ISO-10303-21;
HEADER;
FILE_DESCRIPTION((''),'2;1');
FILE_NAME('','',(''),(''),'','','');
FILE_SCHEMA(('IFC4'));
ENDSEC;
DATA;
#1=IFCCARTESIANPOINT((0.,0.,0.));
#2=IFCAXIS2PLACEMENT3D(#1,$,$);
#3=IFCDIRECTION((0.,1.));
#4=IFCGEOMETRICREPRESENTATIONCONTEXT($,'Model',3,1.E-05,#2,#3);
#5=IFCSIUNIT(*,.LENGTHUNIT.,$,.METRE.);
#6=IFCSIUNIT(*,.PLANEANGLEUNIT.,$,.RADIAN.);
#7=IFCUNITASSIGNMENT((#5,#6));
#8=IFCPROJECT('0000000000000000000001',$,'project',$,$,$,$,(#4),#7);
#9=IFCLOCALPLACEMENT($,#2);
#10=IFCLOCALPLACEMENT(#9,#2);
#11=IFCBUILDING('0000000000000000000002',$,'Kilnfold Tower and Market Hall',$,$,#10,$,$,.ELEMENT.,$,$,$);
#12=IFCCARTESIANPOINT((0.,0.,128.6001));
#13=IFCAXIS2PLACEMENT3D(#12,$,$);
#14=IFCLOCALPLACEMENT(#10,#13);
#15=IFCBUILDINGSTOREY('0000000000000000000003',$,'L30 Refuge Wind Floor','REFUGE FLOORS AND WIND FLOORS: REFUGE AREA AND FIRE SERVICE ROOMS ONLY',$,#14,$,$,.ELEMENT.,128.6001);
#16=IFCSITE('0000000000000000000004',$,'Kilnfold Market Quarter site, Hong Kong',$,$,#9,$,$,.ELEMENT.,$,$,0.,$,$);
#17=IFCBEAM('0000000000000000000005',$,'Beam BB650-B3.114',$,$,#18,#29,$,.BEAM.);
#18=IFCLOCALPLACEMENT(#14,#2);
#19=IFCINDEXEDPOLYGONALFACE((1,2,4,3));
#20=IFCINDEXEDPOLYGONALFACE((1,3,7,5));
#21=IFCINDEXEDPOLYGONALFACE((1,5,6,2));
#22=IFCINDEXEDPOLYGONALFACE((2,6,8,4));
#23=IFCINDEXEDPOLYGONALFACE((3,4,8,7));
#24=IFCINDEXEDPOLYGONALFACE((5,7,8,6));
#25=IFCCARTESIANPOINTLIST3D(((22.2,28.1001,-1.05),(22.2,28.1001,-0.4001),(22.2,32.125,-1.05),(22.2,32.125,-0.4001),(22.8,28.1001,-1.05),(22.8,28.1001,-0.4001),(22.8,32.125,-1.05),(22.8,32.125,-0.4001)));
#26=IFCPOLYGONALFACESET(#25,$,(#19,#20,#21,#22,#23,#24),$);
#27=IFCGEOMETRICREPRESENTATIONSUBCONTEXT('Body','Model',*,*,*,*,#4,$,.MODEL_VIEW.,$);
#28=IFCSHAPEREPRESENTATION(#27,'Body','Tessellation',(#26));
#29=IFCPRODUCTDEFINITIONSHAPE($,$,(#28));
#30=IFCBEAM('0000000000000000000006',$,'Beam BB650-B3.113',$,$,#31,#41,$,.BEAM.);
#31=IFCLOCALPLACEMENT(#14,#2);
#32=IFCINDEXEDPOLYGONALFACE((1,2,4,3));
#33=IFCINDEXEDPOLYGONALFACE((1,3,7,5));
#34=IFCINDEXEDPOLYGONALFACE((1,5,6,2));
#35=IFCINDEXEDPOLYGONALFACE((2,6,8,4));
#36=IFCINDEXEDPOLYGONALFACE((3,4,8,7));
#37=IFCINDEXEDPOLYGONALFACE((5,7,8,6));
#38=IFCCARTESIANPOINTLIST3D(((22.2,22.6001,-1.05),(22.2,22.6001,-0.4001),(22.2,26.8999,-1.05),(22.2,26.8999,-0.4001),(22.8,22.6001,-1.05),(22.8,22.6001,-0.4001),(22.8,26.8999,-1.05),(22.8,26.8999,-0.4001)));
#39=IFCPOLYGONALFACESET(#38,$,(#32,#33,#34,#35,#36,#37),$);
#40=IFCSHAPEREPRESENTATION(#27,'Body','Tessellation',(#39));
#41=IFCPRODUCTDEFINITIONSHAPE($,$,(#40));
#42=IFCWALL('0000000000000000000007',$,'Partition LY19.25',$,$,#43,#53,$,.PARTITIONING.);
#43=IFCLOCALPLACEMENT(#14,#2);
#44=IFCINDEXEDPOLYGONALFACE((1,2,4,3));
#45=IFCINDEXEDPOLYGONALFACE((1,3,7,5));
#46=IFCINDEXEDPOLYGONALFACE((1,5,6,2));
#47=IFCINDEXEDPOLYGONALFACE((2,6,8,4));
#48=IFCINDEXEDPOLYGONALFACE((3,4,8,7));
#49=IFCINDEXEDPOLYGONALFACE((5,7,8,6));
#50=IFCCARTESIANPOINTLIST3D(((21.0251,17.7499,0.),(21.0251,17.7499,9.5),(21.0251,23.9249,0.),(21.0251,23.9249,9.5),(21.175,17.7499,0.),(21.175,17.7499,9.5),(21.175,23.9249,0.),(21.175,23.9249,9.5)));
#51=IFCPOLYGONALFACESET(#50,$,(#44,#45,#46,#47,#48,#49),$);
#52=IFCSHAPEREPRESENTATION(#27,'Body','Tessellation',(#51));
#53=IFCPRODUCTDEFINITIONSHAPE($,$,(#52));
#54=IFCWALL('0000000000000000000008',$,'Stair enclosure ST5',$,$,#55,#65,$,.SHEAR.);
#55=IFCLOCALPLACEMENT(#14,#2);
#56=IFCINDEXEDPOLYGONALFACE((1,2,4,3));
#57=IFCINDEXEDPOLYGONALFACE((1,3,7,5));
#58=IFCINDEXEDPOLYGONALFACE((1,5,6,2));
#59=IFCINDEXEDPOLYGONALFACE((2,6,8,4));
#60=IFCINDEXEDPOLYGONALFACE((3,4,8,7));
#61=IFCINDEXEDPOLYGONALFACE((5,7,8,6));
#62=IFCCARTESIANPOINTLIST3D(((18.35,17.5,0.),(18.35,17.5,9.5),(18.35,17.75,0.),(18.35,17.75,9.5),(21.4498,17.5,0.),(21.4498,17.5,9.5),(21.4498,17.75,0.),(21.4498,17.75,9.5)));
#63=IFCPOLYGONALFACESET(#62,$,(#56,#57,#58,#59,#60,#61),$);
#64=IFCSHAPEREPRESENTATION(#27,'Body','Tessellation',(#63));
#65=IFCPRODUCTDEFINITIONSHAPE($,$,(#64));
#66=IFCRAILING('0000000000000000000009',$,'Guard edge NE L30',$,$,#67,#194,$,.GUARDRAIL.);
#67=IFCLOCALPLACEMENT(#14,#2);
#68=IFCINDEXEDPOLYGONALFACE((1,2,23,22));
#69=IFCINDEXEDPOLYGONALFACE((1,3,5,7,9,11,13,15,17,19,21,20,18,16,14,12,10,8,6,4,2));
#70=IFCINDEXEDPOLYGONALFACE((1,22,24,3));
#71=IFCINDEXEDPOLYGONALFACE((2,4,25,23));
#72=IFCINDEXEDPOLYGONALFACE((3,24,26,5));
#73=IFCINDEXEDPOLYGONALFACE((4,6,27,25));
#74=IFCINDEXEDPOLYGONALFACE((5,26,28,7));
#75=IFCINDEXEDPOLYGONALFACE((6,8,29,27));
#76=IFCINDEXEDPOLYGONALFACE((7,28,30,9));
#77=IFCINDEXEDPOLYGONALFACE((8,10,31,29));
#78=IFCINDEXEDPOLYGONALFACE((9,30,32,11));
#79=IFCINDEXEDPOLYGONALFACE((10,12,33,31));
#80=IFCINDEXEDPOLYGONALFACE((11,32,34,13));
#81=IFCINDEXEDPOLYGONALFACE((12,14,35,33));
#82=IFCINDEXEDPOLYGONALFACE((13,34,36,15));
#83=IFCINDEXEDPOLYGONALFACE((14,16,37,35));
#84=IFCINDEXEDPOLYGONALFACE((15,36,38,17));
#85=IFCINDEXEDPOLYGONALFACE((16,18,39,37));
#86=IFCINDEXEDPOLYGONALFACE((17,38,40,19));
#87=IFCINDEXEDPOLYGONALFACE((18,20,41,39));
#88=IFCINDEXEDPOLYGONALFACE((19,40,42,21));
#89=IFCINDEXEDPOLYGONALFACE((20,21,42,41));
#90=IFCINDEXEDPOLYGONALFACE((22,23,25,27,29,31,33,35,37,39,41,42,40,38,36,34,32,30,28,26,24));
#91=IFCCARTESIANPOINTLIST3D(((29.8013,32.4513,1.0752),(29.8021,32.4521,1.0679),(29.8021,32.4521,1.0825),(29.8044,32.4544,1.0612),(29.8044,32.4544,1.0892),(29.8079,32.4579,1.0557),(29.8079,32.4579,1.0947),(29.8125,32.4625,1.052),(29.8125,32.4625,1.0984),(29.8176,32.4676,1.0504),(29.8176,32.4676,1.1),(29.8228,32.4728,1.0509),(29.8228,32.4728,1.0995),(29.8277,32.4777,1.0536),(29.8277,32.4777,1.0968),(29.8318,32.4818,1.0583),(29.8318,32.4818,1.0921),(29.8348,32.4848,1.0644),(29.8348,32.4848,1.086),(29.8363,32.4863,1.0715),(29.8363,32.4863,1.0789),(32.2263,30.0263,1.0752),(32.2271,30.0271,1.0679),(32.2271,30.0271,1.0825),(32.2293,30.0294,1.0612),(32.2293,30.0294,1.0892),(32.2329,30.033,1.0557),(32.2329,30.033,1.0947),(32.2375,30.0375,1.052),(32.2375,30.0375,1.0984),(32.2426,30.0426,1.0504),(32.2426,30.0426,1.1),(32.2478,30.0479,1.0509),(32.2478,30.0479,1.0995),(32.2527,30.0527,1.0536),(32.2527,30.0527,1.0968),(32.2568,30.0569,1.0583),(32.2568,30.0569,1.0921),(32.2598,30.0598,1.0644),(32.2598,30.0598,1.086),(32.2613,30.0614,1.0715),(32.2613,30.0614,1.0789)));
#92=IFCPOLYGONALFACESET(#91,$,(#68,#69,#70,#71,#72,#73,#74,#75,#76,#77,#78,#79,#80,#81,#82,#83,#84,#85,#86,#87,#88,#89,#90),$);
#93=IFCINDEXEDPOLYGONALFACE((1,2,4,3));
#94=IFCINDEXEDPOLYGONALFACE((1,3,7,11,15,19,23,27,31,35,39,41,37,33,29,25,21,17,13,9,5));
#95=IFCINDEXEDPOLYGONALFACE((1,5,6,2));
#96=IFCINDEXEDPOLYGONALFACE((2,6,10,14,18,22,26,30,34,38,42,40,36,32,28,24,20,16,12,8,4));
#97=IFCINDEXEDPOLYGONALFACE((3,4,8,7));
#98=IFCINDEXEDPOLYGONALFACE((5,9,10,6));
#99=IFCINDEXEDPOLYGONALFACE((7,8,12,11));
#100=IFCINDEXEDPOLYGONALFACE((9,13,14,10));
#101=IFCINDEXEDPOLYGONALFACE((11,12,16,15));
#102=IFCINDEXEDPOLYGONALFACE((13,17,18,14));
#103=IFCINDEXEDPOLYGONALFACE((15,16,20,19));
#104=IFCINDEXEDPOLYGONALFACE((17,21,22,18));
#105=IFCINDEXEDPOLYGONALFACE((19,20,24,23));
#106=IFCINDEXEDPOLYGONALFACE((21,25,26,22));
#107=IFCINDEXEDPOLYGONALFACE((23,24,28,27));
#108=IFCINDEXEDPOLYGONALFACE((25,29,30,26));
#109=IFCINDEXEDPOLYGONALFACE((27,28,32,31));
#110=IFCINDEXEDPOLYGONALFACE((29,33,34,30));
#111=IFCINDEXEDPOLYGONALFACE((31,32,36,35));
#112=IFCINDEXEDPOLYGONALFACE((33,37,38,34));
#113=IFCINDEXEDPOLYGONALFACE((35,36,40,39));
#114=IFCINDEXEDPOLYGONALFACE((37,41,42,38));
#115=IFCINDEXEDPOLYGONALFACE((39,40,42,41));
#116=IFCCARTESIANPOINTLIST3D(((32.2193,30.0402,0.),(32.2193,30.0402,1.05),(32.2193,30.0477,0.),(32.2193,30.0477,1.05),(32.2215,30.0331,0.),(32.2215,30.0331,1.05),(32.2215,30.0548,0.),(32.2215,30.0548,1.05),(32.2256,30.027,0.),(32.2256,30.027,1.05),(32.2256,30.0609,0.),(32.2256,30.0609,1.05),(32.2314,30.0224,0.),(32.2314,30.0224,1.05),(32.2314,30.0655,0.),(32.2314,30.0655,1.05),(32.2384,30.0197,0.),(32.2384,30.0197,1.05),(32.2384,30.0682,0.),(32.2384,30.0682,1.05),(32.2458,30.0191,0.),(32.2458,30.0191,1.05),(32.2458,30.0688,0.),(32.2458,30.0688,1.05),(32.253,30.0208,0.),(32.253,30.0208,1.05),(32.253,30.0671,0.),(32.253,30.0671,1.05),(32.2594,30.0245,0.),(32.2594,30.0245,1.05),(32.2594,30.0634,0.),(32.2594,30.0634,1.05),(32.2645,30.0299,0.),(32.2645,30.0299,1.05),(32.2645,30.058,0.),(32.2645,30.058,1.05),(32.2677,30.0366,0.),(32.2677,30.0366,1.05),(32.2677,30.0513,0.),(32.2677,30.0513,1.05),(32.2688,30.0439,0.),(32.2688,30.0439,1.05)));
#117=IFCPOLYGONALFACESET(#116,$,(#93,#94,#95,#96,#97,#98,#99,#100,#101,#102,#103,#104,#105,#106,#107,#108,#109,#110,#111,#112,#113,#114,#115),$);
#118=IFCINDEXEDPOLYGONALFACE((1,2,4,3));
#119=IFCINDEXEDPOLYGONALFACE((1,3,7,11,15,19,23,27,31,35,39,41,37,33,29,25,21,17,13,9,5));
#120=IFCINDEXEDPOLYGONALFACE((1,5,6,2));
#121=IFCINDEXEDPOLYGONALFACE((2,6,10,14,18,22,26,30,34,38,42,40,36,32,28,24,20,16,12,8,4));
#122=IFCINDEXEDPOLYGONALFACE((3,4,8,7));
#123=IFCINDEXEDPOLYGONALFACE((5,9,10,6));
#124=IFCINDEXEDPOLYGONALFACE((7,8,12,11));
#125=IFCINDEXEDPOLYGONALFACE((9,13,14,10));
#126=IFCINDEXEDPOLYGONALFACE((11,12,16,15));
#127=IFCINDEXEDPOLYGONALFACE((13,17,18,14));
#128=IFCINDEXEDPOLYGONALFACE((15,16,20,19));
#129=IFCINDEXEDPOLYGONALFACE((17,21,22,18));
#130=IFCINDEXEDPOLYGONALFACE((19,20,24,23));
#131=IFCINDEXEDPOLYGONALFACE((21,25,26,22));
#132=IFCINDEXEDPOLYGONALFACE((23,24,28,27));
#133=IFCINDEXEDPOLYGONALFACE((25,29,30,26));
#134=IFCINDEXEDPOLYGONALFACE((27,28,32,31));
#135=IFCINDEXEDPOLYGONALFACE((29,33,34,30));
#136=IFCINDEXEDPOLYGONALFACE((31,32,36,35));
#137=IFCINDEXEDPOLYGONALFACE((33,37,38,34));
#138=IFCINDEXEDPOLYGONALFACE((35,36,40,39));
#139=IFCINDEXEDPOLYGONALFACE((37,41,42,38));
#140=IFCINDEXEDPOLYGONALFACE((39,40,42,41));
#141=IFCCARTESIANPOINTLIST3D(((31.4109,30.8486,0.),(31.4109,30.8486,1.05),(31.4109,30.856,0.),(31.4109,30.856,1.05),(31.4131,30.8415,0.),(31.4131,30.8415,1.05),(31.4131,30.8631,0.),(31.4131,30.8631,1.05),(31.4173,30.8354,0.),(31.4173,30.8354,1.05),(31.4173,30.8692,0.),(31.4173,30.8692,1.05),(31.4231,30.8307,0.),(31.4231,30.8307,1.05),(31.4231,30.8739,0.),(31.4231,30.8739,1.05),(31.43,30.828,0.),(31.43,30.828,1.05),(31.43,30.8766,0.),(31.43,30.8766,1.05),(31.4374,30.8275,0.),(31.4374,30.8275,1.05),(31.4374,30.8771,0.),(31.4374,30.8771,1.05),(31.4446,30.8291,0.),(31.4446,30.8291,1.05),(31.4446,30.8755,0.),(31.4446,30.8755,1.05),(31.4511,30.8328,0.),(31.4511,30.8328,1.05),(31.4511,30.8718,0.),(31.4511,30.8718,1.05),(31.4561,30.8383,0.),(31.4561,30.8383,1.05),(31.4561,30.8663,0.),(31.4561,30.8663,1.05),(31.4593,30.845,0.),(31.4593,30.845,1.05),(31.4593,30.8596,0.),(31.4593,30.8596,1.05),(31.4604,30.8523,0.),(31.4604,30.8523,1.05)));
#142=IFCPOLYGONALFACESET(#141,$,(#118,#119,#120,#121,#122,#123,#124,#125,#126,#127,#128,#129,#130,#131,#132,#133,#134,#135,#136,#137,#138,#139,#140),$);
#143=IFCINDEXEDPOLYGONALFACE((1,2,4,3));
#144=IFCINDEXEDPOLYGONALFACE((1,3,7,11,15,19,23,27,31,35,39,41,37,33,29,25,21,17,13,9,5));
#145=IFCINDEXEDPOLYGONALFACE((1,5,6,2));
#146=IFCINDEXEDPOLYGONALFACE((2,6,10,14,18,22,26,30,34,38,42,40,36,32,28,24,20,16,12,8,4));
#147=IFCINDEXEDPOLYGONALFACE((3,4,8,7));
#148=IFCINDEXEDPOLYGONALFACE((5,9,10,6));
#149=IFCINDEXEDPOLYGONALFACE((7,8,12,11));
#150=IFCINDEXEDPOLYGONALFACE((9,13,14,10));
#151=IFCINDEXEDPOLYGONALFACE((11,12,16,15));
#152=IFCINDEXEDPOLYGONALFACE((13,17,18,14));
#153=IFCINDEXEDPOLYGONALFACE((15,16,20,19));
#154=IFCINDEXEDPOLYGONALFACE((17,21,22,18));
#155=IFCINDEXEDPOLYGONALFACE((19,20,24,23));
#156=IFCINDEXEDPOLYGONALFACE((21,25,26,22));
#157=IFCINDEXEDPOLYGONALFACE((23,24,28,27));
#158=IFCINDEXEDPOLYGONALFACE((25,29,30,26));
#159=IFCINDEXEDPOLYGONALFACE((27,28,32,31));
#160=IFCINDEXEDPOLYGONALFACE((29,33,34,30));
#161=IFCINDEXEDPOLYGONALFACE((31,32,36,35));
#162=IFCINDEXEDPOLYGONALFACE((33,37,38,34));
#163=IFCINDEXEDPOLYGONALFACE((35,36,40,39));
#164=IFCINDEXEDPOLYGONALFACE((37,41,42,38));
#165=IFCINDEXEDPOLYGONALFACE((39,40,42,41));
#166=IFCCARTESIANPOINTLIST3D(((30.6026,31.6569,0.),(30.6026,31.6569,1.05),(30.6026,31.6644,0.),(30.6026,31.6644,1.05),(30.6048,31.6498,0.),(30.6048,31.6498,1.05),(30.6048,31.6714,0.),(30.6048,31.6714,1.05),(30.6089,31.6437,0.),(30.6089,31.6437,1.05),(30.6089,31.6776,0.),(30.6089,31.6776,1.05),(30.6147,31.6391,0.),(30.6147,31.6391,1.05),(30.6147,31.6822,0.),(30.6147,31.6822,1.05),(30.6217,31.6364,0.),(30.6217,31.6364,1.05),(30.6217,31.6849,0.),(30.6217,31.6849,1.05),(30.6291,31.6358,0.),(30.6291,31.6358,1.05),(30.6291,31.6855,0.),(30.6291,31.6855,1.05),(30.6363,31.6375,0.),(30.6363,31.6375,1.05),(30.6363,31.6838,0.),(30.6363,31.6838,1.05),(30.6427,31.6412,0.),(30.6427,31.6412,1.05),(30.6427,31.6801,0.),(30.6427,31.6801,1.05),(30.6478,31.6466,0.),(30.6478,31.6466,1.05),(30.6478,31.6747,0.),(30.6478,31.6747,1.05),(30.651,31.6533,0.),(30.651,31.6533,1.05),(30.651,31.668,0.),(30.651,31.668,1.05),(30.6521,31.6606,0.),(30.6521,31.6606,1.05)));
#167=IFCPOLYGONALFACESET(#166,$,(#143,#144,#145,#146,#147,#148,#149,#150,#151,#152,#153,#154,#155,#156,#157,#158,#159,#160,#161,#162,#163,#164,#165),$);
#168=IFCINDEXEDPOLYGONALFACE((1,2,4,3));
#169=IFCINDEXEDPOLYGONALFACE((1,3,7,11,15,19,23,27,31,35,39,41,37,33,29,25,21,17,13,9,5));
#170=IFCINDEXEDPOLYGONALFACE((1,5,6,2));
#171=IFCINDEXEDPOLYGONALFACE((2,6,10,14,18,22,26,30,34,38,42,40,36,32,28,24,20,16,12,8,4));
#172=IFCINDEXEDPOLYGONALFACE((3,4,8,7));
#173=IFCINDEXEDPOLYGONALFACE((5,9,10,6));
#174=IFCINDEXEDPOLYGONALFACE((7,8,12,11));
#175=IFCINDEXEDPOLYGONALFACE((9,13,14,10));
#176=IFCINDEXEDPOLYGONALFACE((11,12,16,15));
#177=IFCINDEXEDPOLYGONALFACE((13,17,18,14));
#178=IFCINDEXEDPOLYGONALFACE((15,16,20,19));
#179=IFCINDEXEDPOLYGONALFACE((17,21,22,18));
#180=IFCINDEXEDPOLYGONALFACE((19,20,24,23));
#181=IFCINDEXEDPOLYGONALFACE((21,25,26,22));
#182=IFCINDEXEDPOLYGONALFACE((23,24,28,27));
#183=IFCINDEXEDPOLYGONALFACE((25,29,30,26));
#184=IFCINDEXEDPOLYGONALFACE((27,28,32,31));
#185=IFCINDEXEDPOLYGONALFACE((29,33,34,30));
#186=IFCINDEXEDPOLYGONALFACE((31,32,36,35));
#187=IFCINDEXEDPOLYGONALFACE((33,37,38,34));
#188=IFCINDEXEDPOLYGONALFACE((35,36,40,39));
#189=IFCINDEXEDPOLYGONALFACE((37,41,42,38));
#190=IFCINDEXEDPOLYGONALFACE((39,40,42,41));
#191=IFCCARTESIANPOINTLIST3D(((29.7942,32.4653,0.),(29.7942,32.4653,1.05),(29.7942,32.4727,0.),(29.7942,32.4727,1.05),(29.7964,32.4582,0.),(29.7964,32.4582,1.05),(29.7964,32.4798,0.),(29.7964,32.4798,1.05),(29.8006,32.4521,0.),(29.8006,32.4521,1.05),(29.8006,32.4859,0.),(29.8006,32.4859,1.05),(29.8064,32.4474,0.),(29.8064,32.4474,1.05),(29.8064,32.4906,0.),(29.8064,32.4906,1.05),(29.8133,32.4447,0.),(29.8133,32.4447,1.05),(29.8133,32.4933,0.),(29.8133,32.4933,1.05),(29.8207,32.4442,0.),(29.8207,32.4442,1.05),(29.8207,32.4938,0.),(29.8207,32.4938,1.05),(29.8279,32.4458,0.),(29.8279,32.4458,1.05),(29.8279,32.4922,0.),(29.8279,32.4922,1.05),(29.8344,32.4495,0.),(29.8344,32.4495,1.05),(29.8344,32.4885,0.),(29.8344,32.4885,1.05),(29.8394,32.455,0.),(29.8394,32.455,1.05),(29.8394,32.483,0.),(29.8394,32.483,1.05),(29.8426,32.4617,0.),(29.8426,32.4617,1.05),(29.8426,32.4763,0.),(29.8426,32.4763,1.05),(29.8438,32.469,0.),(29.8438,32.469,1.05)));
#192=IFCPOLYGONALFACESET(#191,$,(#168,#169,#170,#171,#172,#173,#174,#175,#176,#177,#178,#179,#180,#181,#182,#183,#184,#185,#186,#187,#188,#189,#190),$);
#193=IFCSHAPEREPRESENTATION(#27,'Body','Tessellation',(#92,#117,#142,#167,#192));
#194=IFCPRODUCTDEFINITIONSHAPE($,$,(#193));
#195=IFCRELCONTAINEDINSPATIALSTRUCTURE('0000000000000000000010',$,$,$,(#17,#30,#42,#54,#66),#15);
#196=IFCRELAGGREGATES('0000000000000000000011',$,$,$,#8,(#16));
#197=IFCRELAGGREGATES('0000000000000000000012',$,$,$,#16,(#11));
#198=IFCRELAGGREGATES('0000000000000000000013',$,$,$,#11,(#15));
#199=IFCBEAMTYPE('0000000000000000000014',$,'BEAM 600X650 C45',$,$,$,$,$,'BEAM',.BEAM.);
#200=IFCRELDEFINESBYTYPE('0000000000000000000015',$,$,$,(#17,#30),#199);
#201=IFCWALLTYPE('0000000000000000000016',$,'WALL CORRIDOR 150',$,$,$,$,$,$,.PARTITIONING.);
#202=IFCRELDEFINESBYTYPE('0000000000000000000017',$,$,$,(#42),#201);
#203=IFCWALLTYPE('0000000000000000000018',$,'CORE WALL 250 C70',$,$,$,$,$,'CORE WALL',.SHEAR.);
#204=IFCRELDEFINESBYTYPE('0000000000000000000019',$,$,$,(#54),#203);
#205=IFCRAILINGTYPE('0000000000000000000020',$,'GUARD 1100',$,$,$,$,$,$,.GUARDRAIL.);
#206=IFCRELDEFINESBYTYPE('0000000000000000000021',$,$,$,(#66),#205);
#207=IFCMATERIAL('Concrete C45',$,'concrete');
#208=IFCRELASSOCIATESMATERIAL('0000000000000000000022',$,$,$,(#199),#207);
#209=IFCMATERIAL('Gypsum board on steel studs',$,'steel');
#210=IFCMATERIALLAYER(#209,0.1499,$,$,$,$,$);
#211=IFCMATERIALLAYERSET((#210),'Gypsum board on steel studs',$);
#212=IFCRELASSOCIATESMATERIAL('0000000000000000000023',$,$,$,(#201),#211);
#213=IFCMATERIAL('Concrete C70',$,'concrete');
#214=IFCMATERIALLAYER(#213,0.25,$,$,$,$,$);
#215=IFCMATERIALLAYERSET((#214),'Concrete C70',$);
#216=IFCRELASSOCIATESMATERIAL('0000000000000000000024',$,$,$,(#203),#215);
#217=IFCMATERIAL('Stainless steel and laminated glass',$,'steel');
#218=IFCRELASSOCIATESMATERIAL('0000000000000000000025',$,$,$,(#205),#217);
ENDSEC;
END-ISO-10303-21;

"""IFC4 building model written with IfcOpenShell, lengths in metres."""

from ifc_helpers import new_model, si_unit, direction, frame, frame_2d, origin, origin_2d, place, context, subcontext, project, spatial, rectangle, circle, extrude, source, transform, mapped, material, layer, layer_set, material_profile, profile_set, type_object, element, save


model = new_model("IFC4")

# Units and contexts
model_context = context("Model", 3, precision=1e-05, world=origin(), true_north=direction((0.0, 1.0)))
body_context = subcontext(model_context, "Body", "Model", "MODEL_VIEW")
ifc_project = project(units=[si_unit("LENGTHUNIT", "METRE"), si_unit("PLANEANGLEUNIT", "RADIAN")], contexts=[model_context])

# Site, building, storey
site_placement = place(None, origin())
site = spatial("IfcSite", under=ifc_project, at=site_placement, Name="Kilnfold Market Quarter site, Hong Kong", CompositionType="ELEMENT", RefElevation=0.0)
building_placement = place(site_placement, origin())
building = spatial("IfcBuilding", under=site, at=building_placement, Name="Kilnfold Tower and Market Hall", CompositionType="ELEMENT")
storey_placement = place(building_placement, frame((0.0, 0.0, 128.6001)))
storey = spatial("IfcBuildingStorey", under=building, at=storey_placement, Name="L30 Refuge Wind Floor", Description="REFUGE FLOORS AND WIND FLOORS: REFUGE AREA AND FIRE SERVICE ROOMS ONLY", CompositionType="ELEMENT", Elevation=128.6001)

# Beams
ifc_material_1 = material(Name="Concrete C45", Category="concrete")
ifc_material_profile_1 = material_profile(ifc_material_1, rectangle(XDim=0.6001, YDim=0.6499, at=origin_2d()), Name="RC 600x650")
ifc_profile_set_1 = profile_set([ifc_material_profile_1], Name="Concrete C45")
beam_type_1 = type_object("IfcBeamType", Name="BEAM 600X650 C45", ElementType="BEAM", PredefinedType="BEAM", material=ifc_profile_set_1)
shared_shape_1 = source(origin(), body_context, "Body", "SweptSolid", [
    extrude(rectangle(XDim=0.6001, YDim=0.6499, at=origin_2d()), origin(), (0.0, 0.0, 1.0), 4.0249),
])
for number, where, z_axis, x_axis, name in (
    (1, (22.5, 28.1001, -0.7251), (0.0, 1.0, 0.0), (-1.0, 0.0, 0.0), "Beam BB650-B3.114"),
):
    element("IfcBeam", number, at=place(storey_placement, frame(where, z_axis=z_axis, x_axis=x_axis)), inside=storey, type_object=beam_type_1, Name=name, PredefinedType="BEAM", context=body_context, shape_type="MappedRepresentation", body=[
        mapped(shared_shape_1, transform((0.0, 0.0, 0.0))),
    ])
shared_shape_2 = source(origin(), body_context, "Body", "SweptSolid", [
    extrude(rectangle(XDim=0.6001, YDim=0.6499, at=origin_2d()), origin(), (0.0, 0.0, 1.0), 4.2998),
])
beam_1_placement = place(storey_placement, frame((22.5, 22.6001, -0.7251), z_axis=(0.0, 1.0, 0.0), x_axis=(-1.0, 0.0, 0.0)))
element("IfcBeam", 2, at=beam_1_placement, inside=storey, type_object=beam_type_1, Name="Beam BB650-B3.113", PredefinedType="BEAM", context=body_context, shape_type="MappedRepresentation", body=[
    mapped(shared_shape_2, transform((0.0, 0.0, 0.0))),
])

# Walls
ifc_material_2 = material(Name="Gypsum board on steel studs", Category="steel")
ifc_layer_1 = layer(ifc_material_2, 0.1499)
ifc_layer_set_1 = layer_set([ifc_layer_1], Name="Gypsum board on steel studs")
wall_type_1 = type_object("IfcWallType", Name="WALL CORRIDOR 150", PredefinedType="PARTITIONING", material=ifc_layer_set_1)
wall_1_placement = place(storey_placement, frame((21.1001, 17.75, 0.0), z_axis=(0.0, 0.0, 1.0), x_axis=(0.0, 1.0, 0.0)))
element("IfcWall", 3, at=wall_1_placement, inside=storey, type_object=wall_type_1, Name="Partition LY19.25", PredefinedType="PARTITIONING", context=body_context, shape_type="SweptSolid", body=[
    extrude(rectangle(XDim=6.175, YDim=0.1499, at=frame_2d((3.0874, 0.0))), origin(), (0.0, 0.0, 1.0), 9.5),
])
ifc_material_3 = material(Name="Concrete C70", Category="concrete")
ifc_layer_2 = layer(ifc_material_3, 0.25)
ifc_layer_set_2 = layer_set([ifc_layer_2], Name="Concrete C70")
wall_type_2 = type_object("IfcWallType", Name="CORE WALL 250 C70", ElementType="CORE WALL", PredefinedType="SHEAR", material=ifc_layer_set_2)
shared_shape_3 = source(origin(), body_context, "Body", "SweptSolid", [
    extrude(rectangle(XDim=3.0999, YDim=0.25, at=frame_2d((1.5498, 0.0))), origin(), (0.0, 0.0, 1.0), 9.5),
])
wall_2_placement = place(storey_placement, frame((18.3501, 17.625, 0.0), z_axis=(0.0, 0.0, 1.0), x_axis=(1.0, 0.0, 0.0)))
element("IfcWall", 4, at=wall_2_placement, inside=storey, type_object=wall_type_2, Name="Stair enclosure ST5", PredefinedType="SHEAR", context=body_context, shape_type="MappedRepresentation", body=[
    mapped(shared_shape_3, transform((0.0, 0.0, 0.0))),
])

# Railing
ifc_material_4 = material(Name="Stainless steel and laminated glass", Category="steel")
railing_type = type_object("IfcRailingType", Name="GUARD 1100", PredefinedType="GUARDRAIL", material=ifc_material_4)
railing_1_placement = place(storey_placement, frame((32.2439, 30.0439, 0.0)))
element("IfcRailing", 5, at=railing_1_placement, inside=storey, type_object=railing_type, Name="Guard edge NE L30", PredefinedType="GUARDRAIL", context=body_context, shape_type="SweptSolid", body=[
    extrude(circle(Radius=0.0249, at=origin_2d()), frame((0.0, 0.0, 1.0752), z_axis=(-0.707107, 0.707107, 0.0), x_axis=(-0.707107, -0.707107, 0.0)), (0.0, 0.0, 1.0), 3.4294),
    extrude(circle(Radius=0.0249, at=origin_2d()), origin(), (0.0, 0.0, 1.0), 1.05),
    extrude(circle(Radius=0.0249, at=origin_2d()), frame((-0.8083, 0.8083, 0.0)), (0.0, 0.0, 1.0), 1.05),
    extrude(circle(Radius=0.0249, at=origin_2d()), frame((-1.6167, 1.6167, 0.0)), (0.0, 0.0, 1.0), 1.05),
    extrude(circle(Radius=0.0249, at=origin_2d()), frame((-2.425, 2.425, 0.0)), (0.0, 0.0, 1.0), 1.05),
])

save(model, "model.ifc")
